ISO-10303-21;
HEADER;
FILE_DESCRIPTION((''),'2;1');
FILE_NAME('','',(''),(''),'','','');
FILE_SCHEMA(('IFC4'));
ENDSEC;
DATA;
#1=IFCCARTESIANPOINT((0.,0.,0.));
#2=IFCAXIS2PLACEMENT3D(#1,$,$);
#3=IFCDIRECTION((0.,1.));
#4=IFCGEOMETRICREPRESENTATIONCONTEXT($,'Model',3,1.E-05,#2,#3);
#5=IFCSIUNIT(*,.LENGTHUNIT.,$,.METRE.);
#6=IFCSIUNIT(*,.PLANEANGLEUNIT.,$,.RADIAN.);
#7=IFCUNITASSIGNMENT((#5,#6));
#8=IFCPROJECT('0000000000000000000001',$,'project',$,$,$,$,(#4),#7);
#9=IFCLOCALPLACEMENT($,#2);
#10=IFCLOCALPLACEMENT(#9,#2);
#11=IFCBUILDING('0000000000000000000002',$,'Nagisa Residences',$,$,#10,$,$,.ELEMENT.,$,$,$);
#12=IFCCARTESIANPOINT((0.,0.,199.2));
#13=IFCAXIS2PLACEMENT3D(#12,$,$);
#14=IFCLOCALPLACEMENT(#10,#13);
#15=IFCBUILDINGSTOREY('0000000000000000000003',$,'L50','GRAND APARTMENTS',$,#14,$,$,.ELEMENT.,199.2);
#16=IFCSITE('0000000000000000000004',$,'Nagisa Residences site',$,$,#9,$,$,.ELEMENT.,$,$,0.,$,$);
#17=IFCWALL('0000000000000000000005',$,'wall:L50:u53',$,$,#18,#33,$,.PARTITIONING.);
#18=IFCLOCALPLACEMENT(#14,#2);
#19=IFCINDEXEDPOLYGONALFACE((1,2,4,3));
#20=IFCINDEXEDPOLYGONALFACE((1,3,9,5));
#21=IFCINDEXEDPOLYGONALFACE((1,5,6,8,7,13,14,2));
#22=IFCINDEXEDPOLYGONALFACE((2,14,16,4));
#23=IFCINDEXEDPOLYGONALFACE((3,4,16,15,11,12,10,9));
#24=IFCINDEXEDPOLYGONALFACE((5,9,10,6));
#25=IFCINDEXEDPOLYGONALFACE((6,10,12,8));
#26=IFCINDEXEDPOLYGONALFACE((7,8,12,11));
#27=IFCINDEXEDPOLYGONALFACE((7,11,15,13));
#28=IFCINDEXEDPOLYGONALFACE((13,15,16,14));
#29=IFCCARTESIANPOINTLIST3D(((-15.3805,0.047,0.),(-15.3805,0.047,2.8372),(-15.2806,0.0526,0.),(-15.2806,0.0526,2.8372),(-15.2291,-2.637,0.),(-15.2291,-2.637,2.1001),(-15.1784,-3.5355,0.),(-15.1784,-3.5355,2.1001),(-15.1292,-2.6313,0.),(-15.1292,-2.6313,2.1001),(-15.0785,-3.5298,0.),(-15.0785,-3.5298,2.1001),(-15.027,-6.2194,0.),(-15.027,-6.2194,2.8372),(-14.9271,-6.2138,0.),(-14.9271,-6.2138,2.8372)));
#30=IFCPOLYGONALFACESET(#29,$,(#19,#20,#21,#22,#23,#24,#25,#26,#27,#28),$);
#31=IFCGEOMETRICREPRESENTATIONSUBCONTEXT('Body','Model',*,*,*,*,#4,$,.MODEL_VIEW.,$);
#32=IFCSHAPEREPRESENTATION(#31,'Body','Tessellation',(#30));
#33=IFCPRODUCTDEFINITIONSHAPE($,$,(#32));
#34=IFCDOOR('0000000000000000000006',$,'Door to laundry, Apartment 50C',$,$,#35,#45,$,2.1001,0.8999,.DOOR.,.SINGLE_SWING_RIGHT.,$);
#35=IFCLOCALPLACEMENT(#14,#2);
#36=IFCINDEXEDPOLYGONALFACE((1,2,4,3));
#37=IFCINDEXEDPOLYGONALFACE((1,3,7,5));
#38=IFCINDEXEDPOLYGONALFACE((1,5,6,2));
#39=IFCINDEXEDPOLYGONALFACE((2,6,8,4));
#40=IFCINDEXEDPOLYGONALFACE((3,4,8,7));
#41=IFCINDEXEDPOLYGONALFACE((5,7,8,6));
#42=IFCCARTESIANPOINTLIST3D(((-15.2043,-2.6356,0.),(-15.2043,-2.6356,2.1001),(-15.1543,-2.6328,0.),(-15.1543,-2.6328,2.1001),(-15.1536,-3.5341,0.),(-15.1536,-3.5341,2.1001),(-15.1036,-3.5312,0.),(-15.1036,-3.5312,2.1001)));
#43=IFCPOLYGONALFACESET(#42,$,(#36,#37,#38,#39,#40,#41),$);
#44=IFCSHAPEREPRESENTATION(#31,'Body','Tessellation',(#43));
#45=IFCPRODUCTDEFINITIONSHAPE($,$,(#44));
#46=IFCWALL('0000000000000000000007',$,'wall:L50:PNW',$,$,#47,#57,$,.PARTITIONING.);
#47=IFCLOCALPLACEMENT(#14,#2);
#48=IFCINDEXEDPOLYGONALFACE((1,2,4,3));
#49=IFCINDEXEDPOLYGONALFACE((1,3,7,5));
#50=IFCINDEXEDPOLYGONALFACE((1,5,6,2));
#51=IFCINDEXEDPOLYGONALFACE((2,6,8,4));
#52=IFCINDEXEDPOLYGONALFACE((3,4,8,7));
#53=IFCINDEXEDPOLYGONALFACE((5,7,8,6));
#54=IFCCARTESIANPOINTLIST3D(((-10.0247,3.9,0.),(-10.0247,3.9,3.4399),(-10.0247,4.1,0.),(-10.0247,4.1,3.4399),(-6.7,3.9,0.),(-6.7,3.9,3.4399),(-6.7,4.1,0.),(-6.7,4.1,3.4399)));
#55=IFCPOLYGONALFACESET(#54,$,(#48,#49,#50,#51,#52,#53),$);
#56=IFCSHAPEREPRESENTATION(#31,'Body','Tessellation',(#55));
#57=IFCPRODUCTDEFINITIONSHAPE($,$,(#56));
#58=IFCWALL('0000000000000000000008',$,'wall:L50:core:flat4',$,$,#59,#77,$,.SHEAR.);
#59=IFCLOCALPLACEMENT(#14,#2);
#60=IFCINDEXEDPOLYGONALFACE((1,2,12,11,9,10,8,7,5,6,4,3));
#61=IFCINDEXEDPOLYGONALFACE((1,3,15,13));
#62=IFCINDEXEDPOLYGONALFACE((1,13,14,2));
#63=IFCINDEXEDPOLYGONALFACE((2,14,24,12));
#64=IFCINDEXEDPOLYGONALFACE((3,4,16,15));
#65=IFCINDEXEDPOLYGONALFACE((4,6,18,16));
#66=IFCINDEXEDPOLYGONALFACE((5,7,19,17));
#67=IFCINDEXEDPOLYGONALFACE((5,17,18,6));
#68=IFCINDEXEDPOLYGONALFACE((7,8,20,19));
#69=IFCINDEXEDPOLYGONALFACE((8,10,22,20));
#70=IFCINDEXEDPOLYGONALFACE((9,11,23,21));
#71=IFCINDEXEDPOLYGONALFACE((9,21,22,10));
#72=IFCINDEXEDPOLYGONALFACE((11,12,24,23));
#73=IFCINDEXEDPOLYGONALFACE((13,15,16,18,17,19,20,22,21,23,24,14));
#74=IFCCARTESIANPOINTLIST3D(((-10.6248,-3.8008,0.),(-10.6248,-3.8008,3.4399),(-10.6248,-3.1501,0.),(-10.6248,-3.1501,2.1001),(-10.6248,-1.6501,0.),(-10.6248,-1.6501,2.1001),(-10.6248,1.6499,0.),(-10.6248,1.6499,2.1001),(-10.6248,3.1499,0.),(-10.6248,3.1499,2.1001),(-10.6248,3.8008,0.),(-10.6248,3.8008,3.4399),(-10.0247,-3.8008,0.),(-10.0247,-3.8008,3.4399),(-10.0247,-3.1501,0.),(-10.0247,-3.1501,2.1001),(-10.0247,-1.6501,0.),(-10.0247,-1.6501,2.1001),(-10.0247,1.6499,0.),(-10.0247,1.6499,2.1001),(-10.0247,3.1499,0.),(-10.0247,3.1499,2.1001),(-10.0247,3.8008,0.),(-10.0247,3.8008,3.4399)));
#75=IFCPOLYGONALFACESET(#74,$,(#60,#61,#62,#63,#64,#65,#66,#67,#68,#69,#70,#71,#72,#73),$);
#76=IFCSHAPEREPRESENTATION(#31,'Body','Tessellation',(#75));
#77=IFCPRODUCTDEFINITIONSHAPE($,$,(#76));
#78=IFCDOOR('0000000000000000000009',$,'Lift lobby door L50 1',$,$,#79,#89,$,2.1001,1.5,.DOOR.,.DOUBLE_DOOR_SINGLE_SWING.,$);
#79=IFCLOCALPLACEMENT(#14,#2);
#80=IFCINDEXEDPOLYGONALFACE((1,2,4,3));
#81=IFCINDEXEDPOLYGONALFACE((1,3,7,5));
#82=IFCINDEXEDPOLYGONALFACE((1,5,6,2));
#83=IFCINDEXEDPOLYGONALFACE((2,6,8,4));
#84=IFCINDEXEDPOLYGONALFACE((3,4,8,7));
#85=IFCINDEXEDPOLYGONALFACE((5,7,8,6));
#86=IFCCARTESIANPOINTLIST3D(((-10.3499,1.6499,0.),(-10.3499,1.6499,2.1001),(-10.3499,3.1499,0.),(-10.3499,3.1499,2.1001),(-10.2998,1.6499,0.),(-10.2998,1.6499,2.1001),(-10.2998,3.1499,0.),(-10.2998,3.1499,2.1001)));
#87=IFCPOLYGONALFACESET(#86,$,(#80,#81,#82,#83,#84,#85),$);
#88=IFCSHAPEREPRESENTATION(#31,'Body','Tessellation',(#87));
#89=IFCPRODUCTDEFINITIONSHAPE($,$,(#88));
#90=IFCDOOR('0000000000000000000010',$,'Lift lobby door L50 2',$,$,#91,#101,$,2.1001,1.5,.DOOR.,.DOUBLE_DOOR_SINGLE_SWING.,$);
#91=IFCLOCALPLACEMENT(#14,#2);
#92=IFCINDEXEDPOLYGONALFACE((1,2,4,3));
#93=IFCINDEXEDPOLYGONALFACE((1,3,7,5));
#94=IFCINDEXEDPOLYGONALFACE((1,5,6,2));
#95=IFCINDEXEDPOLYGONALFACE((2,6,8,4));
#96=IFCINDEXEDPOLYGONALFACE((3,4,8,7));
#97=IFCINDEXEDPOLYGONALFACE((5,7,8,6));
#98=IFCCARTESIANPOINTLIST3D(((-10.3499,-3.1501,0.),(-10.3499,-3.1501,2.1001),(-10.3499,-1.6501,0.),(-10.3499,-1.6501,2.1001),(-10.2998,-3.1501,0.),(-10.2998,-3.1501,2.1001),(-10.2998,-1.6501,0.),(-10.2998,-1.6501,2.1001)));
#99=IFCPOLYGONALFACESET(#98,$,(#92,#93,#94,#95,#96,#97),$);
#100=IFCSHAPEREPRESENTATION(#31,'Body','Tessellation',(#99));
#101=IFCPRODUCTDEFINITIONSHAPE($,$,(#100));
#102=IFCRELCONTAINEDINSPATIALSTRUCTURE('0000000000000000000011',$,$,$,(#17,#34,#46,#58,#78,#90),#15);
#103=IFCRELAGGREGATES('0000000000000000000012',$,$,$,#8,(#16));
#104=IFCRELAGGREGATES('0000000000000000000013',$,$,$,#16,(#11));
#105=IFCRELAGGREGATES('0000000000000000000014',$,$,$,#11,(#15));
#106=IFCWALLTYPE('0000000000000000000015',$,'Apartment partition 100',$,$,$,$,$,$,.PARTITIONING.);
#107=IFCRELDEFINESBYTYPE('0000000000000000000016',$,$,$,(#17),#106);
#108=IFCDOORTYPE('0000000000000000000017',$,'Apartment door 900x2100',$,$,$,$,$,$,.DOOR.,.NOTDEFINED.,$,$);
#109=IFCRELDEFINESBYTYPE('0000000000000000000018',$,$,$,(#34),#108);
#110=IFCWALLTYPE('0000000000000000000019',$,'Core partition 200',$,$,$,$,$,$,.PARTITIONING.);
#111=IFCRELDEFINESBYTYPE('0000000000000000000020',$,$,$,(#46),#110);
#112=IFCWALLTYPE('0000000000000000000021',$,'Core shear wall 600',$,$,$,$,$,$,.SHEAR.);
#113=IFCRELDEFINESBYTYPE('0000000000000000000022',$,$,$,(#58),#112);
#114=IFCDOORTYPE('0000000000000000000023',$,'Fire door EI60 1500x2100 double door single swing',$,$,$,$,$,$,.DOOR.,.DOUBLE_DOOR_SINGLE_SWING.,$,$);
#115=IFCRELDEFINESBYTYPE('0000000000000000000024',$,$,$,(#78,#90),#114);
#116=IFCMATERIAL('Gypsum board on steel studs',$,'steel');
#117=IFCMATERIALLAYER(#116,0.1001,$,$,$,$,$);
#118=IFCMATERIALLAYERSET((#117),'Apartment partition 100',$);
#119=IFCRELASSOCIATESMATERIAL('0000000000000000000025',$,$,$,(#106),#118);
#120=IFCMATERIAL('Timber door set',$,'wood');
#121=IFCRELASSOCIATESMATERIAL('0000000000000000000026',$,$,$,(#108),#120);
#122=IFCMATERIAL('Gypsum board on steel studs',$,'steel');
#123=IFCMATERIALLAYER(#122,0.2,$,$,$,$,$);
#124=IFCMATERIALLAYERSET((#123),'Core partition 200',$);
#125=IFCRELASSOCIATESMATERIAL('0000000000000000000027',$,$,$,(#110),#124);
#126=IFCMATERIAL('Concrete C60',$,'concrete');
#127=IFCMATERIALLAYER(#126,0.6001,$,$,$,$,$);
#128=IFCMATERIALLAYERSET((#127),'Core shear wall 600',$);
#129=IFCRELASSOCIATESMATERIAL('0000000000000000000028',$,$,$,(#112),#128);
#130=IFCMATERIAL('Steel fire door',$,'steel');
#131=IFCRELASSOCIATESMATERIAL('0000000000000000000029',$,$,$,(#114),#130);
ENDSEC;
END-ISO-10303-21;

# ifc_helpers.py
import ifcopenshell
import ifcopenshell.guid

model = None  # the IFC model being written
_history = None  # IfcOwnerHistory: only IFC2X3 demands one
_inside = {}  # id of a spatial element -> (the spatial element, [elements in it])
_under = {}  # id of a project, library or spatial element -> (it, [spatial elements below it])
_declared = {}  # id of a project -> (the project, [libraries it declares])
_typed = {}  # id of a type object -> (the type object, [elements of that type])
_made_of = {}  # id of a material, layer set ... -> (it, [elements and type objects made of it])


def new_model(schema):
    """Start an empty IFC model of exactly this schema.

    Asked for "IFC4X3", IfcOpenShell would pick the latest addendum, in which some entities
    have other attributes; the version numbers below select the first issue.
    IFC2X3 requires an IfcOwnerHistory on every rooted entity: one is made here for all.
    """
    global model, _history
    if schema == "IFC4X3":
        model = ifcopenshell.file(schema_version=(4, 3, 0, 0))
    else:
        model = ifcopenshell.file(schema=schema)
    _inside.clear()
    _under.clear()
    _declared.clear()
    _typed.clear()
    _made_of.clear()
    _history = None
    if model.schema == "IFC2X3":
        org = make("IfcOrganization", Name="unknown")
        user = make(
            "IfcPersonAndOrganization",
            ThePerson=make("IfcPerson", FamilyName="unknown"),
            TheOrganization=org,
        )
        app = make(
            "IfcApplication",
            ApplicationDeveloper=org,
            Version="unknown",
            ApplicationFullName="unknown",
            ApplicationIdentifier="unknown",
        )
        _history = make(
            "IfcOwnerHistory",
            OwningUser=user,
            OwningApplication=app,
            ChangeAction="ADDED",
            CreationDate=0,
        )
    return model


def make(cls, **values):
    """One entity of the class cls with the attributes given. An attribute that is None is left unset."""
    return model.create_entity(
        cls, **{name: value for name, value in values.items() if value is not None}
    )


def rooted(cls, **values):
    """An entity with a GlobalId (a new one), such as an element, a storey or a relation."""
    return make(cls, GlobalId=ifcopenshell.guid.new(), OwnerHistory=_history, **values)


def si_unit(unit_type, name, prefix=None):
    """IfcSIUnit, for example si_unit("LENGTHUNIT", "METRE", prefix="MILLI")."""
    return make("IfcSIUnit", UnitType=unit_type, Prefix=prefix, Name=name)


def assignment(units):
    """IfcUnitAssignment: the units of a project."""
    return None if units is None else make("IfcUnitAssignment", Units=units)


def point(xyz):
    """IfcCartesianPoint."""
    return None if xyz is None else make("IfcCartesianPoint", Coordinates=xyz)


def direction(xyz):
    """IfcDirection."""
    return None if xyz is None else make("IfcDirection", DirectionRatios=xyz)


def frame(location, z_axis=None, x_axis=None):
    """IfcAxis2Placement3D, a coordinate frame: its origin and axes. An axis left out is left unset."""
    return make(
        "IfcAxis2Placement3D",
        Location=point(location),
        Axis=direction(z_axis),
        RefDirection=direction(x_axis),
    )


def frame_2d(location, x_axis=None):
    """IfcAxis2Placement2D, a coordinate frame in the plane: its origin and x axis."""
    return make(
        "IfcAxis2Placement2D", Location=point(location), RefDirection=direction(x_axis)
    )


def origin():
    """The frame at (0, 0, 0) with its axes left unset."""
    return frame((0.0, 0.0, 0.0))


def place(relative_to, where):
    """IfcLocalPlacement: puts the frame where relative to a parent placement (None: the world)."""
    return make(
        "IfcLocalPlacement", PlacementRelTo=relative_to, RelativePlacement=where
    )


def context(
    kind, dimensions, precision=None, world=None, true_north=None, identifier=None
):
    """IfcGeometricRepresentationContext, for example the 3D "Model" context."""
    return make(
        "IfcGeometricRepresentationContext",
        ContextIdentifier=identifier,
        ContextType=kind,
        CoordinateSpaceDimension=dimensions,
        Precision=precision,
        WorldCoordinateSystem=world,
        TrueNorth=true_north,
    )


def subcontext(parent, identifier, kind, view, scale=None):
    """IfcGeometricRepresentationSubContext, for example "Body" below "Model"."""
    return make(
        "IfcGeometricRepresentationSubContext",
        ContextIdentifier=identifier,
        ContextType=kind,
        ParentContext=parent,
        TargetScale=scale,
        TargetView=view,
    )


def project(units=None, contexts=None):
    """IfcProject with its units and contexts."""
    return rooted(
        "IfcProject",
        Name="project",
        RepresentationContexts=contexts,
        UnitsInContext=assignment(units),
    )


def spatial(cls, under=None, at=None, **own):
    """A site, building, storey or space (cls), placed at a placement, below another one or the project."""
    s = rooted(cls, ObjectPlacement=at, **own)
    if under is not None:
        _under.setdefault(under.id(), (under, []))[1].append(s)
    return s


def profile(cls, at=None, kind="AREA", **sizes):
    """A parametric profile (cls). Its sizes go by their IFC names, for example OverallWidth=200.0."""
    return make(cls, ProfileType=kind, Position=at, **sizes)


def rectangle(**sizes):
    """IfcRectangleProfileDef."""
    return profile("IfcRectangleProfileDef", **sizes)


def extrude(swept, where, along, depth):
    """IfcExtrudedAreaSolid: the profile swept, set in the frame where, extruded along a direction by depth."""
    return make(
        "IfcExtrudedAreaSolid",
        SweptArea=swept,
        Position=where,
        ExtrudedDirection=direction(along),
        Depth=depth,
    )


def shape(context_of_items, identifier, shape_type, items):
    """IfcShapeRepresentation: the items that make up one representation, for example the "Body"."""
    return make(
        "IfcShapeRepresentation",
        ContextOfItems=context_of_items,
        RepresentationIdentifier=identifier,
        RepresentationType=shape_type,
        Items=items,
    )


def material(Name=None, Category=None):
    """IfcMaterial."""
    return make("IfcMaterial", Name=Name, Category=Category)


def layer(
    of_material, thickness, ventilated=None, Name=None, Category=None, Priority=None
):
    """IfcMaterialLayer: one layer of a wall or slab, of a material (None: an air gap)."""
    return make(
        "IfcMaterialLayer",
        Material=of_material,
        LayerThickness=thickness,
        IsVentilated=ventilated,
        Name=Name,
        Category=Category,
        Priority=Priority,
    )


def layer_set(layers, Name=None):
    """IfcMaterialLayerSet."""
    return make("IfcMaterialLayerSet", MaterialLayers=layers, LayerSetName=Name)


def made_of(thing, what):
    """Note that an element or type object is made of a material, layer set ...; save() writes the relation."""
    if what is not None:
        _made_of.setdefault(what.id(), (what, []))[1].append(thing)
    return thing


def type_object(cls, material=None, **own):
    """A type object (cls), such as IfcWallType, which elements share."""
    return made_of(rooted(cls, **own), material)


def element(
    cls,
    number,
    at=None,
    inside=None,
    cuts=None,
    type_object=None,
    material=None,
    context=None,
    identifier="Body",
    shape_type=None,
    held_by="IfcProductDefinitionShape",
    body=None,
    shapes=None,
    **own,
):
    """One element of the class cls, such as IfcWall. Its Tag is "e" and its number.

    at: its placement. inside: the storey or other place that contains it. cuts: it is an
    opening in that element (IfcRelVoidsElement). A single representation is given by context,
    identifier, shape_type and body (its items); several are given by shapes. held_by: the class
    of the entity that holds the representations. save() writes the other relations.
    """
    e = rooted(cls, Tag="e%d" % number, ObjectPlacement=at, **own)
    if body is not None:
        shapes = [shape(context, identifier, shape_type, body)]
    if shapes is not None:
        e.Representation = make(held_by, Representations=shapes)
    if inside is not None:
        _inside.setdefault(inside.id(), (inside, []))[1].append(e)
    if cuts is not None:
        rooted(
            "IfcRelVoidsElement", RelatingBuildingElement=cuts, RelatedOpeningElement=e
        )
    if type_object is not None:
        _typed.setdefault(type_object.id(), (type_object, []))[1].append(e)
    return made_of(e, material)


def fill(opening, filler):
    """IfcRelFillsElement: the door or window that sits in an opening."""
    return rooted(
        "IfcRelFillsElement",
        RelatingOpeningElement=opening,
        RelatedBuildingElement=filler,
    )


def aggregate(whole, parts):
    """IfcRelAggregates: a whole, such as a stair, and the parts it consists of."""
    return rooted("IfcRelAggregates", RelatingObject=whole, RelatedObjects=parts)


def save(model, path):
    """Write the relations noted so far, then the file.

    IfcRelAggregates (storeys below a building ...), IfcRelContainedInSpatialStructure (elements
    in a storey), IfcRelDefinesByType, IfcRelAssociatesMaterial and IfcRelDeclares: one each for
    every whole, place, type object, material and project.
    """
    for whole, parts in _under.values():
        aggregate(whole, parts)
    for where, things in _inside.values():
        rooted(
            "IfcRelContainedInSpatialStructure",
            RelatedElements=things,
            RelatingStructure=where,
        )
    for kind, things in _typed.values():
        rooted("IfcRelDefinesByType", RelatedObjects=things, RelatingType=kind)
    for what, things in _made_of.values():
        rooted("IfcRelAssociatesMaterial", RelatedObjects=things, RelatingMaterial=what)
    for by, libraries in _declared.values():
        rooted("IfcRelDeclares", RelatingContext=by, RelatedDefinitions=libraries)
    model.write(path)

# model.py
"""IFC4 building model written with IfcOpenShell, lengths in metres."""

from ifc_helpers import new_model, si_unit, direction, frame, frame_2d, origin, place, context, subcontext, project, spatial, rectangle, extrude, material, layer, layer_set, type_object, element, fill, save


model = new_model("IFC4")

# Units and contexts
model_context = context("Model", 3, precision=1e-05, world=origin(), true_north=direction((0.0, 1.0)))
body_context = subcontext(model_context, "Body", "Model", "MODEL_VIEW")
ifc_project = project(units=[si_unit("LENGTHUNIT", "METRE"), si_unit("PLANEANGLEUNIT", "RADIAN")], contexts=[model_context])

# Site, building, storey
site_placement = place(None, origin())
site = spatial("IfcSite", under=ifc_project, at=site_placement, Name="Nagisa Residences site", CompositionType="ELEMENT", RefElevation=0.0)
building_placement = place(site_placement, origin())
building = spatial("IfcBuilding", under=site, at=building_placement, Name="Nagisa Residences", CompositionType="ELEMENT")
storey_placement = place(building_placement, frame((0.0, 0.0, 199.2)))
storey = spatial("IfcBuildingStorey", under=building, at=storey_placement, Name="L50", Description="GRAND APARTMENTS", CompositionType="ELEMENT", Elevation=199.2)

# Shared definitions
ifc_material_1 = material(Name="Gypsum board on steel studs", Category="steel")
ifc_layer_1 = layer(ifc_material_1, 0.1001)
ifc_layer_set_1 = layer_set([ifc_layer_1], Name="Apartment partition 100")
wall_type_1 = type_object("IfcWallType", Name="Apartment partition 100", PredefinedType="PARTITIONING", material=ifc_layer_set_1)
ifc_material_2 = material(Name="Timber door set", Category="wood")
door_type_1 = type_object("IfcDoorType", Name="Apartment door 900x2100", OperationType="NOTDEFINED", PredefinedType="DOOR", material=ifc_material_2)

# Wall, opening, door
wall_1_placement = place(storey_placement, frame((-15.3306, 0.0498, 0.0), z_axis=(0.0, 0.0, 1.0), x_axis=(0.056325, -0.998412, 0.0)))
wall_1 = element("IfcWall", 1, at=wall_1_placement, inside=storey, type_object=wall_type_1, Name="wall:L50:u53", PredefinedType="PARTITIONING", context=body_context, shape_type="SweptSolid", body=[
    extrude(rectangle(XDim=6.2764, YDim=0.1001, at=frame_2d((3.1382, 0.0))), origin(), (0.0, 0.0, 1.0), 2.8372),
])
opening_1_placement = place(wall_1_placement, frame((2.6882, 0.0, 0.0)))
opening_1 = element("IfcOpeningElement", 2, at=opening_1_placement, cuts=wall_1, PredefinedType="OPENING", context=body_context, shape_type="SweptSolid", body=[
    extrude(rectangle(XDim=0.8999, YDim=2.1001, at=frame_2d((0.45, 1.05))), frame((0.0, 0.0601, 0.0), z_axis=(0.0, -1.0, 0.0), x_axis=(1.0, 0.0, 0.0)), (0.0, 0.0, 1.0), 0.1201),
])
door_1_placement = place(opening_1_placement, origin())
door_1 = element("IfcDoor", 3, at=door_1_placement, inside=storey, type_object=door_type_1, Name="Door to laundry, Apartment 50C", OperationType="SINGLE_SWING_RIGHT", OverallHeight=2.1001, OverallWidth=0.8999, PredefinedType="DOOR", context=body_context, shape_type="SweptSolid", body=[
    extrude(rectangle(XDim=0.8999, YDim=2.1001, at=frame_2d((0.45, 1.05))), frame((0.0, 0.0249, 0.0), z_axis=(0.0, -1.0, 0.0), x_axis=(1.0, 0.0, 0.0)), (0.0, 0.0, 1.0), 0.05),
])
fill(opening_1, door_1)

# Wall
ifc_material_3 = material(Name="Gypsum board on steel studs", Category="steel")
ifc_layer_2 = layer(ifc_material_3, 0.2)
ifc_layer_set_2 = layer_set([ifc_layer_2], Name="Core partition 200")
wall_type_2 = type_object("IfcWallType", Name="Core partition 200", PredefinedType="PARTITIONING", material=ifc_layer_set_2)
wall_2_placement = place(storey_placement, frame((-10.0247, 4.0, 0.0), z_axis=(0.0, 0.0, 1.0), x_axis=(1.0, 0.0, 0.0)))
element("IfcWall", 4, at=wall_2_placement, inside=storey, type_object=wall_type_2, Name="wall:L50:PNW", PredefinedType="PARTITIONING", context=body_context, shape_type="SweptSolid", body=[
    extrude(rectangle(XDim=3.3247, YDim=0.2, at=frame_2d((1.6624, 0.0))), origin(), (0.0, 0.0, 1.0), 3.4399),
])

# Wall, openings, doors
ifc_material_4 = material(Name="Concrete C60", Category="concrete")
ifc_layer_3 = layer(ifc_material_4, 0.6001)
ifc_layer_set_3 = layer_set([ifc_layer_3], Name="Core shear wall 600")
wall_type_3 = type_object("IfcWallType", Name="Core shear wall 600", PredefinedType="SHEAR", material=ifc_layer_set_3)
wall_3_placement = place(storey_placement, frame((-10.3247, 3.8008, 0.0), z_axis=(0.0, 0.0, 1.0), x_axis=(0.0, -1.0, 0.0)))
wall_3 = element("IfcWall", 5, at=wall_3_placement, inside=storey, type_object=wall_type_3, Name="wall:L50:core:flat4", PredefinedType="SHEAR", context=body_context, shape_type="SweptSolid", body=[
    extrude(rectangle(XDim=7.6016, YDim=0.6001, at=frame_2d((3.8008, 0.0))), origin(), (0.0, 0.0, 1.0), 3.4399),
])
opening_2_placement = place(wall_3_placement, frame((0.6509, 0.0, 0.0)))
opening_2 = element("IfcOpeningElement", 6, at=opening_2_placement, cuts=wall_3, PredefinedType="OPENING", context=body_context, shape_type="SweptSolid", body=[
    extrude(rectangle(XDim=1.5, YDim=2.1001, at=frame_2d((0.75, 1.05))), frame((0.0, 0.3101, 0.0), z_axis=(0.0, -1.0, 0.0), x_axis=(1.0, 0.0, 0.0)), (0.0, 0.0, 1.0), 0.6201),
])
opening_3_placement = place(wall_3_placement, frame((5.4509, 0.0, 0.0)))
opening_3 = element("IfcOpeningElement", 7, at=opening_3_placement, cuts=wall_3, PredefinedType="OPENING", context=body_context, shape_type="SweptSolid", body=[
    extrude(rectangle(XDim=1.5, YDim=2.1001, at=frame_2d((0.75, 1.05))), frame((0.0, 0.3101, 0.0), z_axis=(0.0, -1.0, 0.0), x_axis=(1.0, 0.0, 0.0)), (0.0, 0.0, 1.0), 0.6201),
])
ifc_material_5 = material(Name="Steel fire door", Category="steel")
door_type_2 = type_object("IfcDoorType", Name="Fire door EI60 1500x2100 double door single swing", OperationType="DOUBLE_DOOR_SINGLE_SWING", PredefinedType="DOOR", material=ifc_material_5)
door_2_placement = place(opening_2_placement, origin())
door_2 = element("IfcDoor", 8, at=door_2_placement, inside=storey, type_object=door_type_2, Name="Lift lobby door L50 1", OperationType="DOUBLE_DOOR_SINGLE_SWING", OverallHeight=2.1001, OverallWidth=1.5, PredefinedType="DOOR", context=body_context, shape_type="SweptSolid", body=[
    extrude(rectangle(XDim=1.5, YDim=2.1001, at=frame_2d((0.75, 1.05))), frame((0.0, 0.0249, 0.0), z_axis=(0.0, -1.0, 0.0), x_axis=(1.0, 0.0, 0.0)), (0.0, 0.0, 1.0), 0.05),
])
fill(opening_2, door_2)
door_3_placement = place(opening_3_placement, origin())
door_3 = element("IfcDoor", 9, at=door_3_placement, inside=storey, type_object=door_type_2, Name="Lift lobby door L50 2", OperationType="DOUBLE_DOOR_SINGLE_SWING", OverallHeight=2.1001, OverallWidth=1.5, PredefinedType="DOOR", context=body_context, shape_type="SweptSolid", body=[
    extrude(rectangle(XDim=1.5, YDim=2.1001, at=frame_2d((0.75, 1.05))), frame((0.0, 0.0249, 0.0), z_axis=(0.0, -1.0, 0.0), x_axis=(1.0, 0.0, 0.0)), (0.0, 0.0, 1.0), 0.05),
])
fill(opening_3, door_3)

save(model, "model.ifc")
